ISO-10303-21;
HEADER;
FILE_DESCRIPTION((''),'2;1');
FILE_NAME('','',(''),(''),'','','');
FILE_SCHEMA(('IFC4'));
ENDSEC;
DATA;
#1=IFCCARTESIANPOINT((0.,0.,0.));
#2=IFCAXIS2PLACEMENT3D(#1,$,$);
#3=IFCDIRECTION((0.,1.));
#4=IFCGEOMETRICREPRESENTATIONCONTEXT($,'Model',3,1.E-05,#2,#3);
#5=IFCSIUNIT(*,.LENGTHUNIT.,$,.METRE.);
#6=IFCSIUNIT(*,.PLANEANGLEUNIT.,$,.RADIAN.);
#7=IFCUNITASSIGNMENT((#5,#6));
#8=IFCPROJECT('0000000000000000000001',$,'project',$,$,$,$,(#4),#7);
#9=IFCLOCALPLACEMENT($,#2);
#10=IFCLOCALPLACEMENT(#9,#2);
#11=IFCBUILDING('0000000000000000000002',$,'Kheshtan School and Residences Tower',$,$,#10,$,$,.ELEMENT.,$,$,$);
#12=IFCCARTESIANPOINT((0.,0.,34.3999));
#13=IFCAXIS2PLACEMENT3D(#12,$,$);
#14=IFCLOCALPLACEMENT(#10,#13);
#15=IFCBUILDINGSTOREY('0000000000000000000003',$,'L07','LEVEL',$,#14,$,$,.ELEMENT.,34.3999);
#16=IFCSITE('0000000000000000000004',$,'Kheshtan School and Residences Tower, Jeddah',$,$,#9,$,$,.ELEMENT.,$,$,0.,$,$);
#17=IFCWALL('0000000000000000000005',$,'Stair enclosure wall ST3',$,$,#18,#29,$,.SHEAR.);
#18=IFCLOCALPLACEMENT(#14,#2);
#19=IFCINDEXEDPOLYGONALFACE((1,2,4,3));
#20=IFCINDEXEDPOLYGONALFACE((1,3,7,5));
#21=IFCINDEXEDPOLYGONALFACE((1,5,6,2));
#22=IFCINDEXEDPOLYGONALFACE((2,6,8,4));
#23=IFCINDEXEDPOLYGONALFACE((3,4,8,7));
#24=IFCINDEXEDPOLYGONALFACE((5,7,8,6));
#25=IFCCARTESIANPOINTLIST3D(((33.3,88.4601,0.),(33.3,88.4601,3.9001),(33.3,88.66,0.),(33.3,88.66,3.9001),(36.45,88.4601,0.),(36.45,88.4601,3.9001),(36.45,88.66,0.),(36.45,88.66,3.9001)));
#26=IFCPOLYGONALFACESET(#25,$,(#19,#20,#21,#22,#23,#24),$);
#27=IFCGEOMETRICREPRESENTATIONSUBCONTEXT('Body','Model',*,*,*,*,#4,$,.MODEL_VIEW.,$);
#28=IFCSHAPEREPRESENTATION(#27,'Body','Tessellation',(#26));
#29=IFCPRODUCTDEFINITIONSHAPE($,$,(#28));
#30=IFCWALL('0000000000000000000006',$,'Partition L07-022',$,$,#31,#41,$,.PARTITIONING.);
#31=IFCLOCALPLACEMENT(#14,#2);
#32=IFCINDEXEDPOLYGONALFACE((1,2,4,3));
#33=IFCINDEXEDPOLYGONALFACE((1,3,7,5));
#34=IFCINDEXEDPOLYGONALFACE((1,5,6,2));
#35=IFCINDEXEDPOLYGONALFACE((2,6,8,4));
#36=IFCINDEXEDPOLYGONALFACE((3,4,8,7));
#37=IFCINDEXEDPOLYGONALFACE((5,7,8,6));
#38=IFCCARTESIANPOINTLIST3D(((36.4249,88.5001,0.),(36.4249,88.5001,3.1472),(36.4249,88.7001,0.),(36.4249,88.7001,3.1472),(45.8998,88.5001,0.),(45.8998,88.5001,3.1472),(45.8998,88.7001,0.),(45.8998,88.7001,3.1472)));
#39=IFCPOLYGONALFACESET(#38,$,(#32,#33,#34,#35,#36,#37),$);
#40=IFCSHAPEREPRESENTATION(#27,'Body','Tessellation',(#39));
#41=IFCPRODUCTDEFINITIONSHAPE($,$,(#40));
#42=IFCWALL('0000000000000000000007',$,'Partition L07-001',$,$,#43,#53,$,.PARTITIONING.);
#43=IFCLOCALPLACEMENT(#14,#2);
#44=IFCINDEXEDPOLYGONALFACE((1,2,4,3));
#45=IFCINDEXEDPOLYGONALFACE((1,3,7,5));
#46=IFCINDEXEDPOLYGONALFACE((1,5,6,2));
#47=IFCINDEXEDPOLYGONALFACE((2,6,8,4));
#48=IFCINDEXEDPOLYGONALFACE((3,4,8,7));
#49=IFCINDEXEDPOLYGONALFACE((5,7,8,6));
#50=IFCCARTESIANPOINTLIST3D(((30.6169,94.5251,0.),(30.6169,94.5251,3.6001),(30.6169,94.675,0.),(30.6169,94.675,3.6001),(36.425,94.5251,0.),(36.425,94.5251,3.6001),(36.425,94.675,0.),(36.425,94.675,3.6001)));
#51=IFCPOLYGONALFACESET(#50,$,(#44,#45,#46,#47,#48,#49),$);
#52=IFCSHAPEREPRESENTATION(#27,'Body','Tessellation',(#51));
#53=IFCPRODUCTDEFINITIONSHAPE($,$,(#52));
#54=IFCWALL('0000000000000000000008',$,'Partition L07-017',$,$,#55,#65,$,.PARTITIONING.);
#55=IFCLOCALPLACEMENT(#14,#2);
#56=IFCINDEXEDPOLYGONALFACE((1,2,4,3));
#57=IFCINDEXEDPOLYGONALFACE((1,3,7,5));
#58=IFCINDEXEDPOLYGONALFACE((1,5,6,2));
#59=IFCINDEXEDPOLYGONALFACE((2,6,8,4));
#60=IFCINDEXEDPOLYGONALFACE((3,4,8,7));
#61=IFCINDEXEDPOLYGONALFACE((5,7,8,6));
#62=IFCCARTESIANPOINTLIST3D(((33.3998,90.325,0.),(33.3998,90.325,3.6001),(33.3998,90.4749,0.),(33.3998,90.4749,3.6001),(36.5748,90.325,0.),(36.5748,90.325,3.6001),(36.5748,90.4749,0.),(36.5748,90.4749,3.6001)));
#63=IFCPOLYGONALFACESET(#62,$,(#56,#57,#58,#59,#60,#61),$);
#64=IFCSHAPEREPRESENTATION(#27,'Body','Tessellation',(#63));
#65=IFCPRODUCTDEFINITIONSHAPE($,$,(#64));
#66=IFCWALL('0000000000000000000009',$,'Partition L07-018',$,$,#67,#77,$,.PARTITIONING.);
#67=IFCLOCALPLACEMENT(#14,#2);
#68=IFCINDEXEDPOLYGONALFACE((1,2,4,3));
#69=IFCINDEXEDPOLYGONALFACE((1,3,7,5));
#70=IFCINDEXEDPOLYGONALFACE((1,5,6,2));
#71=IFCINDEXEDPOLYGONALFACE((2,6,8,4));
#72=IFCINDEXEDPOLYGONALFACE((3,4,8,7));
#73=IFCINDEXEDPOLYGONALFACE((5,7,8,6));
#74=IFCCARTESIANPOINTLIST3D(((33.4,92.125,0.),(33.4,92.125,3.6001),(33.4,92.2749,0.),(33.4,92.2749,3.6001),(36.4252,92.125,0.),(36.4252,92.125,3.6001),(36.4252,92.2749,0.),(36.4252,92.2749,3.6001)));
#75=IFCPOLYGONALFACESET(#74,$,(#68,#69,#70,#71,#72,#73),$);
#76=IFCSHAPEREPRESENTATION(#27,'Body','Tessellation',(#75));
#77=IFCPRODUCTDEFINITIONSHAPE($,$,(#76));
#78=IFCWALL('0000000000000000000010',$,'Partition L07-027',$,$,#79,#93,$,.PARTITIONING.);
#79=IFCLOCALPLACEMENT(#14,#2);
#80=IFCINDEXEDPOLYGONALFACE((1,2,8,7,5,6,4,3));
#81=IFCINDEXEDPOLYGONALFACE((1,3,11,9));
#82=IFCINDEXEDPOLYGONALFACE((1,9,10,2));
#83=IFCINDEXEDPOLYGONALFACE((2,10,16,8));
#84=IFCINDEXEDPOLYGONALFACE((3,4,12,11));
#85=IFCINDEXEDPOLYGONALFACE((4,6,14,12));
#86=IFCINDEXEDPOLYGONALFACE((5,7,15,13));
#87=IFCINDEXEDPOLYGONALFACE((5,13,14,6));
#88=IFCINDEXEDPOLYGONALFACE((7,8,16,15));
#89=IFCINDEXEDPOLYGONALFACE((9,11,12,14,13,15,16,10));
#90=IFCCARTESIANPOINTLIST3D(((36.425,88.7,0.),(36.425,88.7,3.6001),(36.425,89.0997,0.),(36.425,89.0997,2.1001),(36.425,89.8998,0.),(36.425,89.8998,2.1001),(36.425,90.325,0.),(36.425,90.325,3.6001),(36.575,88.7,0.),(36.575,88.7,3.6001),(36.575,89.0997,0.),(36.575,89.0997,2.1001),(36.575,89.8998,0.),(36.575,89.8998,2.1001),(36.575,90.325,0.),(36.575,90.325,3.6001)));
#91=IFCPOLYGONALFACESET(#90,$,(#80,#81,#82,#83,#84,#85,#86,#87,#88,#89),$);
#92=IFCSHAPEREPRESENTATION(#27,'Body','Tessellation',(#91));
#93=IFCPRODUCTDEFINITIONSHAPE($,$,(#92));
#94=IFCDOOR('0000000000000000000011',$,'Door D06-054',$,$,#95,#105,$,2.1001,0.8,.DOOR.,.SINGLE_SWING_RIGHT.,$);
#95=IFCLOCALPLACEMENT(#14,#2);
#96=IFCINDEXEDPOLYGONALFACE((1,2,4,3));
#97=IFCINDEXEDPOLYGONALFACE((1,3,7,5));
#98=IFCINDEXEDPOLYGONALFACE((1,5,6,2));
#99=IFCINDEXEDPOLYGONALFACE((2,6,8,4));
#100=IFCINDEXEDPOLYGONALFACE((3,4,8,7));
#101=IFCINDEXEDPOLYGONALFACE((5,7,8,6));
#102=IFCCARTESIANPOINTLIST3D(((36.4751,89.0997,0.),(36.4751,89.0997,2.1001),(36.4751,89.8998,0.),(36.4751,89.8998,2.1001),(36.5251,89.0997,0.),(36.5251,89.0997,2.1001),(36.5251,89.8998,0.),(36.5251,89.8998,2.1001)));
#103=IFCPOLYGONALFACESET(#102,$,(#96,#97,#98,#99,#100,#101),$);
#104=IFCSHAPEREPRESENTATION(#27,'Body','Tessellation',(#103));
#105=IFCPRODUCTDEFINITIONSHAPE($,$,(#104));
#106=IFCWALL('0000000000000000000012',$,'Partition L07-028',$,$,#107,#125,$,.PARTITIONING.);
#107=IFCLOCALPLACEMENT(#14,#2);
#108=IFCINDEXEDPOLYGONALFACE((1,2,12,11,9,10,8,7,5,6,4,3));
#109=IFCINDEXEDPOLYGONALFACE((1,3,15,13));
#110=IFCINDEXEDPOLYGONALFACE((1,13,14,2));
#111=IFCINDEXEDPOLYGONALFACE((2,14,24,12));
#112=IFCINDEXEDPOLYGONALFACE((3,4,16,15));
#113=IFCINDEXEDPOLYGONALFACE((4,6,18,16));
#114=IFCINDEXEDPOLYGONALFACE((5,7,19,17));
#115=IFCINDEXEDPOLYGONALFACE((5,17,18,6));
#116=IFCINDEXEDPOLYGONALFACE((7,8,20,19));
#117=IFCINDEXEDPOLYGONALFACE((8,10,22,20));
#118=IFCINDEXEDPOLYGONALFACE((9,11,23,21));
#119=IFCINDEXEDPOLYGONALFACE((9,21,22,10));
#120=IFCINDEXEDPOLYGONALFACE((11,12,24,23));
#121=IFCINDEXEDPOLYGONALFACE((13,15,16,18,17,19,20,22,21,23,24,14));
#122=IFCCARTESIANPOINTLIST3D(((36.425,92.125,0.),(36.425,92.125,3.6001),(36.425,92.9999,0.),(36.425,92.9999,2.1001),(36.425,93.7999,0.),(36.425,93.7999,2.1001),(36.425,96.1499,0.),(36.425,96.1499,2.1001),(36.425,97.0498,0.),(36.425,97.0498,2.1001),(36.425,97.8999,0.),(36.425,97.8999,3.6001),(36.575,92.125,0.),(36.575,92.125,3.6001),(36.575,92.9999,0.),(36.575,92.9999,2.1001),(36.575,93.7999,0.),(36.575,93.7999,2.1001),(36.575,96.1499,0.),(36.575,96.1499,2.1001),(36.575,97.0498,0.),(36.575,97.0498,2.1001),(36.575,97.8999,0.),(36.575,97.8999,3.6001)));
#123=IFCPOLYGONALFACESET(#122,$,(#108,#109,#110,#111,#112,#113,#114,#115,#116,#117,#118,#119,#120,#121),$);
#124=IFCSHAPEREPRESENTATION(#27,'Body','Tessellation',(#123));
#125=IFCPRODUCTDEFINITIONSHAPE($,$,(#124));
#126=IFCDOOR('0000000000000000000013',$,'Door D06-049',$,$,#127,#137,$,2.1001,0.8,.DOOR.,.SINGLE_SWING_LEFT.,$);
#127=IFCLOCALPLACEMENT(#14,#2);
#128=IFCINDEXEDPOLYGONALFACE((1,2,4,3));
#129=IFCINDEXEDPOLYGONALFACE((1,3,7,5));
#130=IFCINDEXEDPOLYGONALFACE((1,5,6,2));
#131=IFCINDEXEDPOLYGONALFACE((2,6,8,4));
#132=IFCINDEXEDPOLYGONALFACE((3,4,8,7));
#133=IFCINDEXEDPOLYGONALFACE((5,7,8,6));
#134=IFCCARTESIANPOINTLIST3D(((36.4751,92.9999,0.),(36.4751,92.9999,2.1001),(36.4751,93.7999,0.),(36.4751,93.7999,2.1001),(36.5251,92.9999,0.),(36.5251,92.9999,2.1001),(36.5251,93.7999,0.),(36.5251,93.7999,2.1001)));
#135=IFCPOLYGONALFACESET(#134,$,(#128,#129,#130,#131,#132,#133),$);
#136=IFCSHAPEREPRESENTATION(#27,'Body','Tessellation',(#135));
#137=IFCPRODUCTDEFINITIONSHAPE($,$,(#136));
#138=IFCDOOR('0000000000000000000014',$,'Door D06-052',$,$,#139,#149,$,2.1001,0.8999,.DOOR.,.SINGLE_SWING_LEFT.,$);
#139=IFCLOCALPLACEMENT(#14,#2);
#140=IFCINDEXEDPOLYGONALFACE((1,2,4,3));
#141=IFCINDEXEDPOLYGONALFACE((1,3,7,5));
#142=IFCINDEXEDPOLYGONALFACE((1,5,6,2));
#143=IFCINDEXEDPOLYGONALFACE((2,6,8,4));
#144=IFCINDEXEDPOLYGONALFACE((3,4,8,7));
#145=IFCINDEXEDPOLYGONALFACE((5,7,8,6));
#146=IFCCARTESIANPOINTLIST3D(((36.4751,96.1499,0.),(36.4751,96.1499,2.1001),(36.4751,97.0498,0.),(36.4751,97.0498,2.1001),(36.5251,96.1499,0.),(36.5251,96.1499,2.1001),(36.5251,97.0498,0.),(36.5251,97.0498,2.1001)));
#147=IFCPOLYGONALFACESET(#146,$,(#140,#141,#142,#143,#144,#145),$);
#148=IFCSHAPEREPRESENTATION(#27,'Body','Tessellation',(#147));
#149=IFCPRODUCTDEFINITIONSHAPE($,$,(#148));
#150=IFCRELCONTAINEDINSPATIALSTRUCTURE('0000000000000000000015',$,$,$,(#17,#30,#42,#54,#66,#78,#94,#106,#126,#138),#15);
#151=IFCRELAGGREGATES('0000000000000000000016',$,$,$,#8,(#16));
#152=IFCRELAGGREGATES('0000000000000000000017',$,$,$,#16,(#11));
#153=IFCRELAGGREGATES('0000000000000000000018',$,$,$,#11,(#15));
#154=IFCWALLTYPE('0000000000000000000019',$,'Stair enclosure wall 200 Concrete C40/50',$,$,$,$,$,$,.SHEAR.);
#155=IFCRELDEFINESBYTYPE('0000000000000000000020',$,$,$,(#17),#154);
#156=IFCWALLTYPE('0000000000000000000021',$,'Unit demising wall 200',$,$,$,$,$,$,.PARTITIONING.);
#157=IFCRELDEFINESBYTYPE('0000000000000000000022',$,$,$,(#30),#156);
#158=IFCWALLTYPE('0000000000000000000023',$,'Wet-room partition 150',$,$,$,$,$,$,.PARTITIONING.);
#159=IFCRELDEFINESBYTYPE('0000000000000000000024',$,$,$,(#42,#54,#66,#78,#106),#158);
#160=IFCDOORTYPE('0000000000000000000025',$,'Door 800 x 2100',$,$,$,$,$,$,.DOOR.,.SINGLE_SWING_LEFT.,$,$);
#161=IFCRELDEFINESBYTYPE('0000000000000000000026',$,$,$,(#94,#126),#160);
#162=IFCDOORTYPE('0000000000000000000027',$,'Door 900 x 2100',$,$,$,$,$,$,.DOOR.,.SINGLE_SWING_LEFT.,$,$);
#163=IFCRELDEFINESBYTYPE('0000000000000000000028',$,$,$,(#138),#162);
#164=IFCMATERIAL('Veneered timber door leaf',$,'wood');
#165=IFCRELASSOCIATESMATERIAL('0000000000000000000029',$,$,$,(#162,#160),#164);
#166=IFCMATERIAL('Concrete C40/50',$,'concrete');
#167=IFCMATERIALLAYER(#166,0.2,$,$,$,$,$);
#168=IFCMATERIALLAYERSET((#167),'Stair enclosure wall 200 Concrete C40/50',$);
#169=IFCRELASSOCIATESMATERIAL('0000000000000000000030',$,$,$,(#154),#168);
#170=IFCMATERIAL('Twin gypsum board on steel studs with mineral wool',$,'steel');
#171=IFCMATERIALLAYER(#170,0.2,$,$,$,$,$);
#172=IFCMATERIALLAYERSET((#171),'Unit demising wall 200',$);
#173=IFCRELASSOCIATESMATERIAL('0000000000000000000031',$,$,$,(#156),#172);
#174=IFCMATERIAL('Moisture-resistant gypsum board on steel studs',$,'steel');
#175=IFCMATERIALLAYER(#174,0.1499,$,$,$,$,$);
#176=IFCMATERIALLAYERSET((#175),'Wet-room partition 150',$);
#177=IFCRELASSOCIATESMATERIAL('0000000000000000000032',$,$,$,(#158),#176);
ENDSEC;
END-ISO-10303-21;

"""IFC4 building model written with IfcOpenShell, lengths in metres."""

from ifc_helpers import new_model, si_unit, direction, frame, frame_2d, origin, place, context, subcontext, project, spatial, rectangle, extrude, source, transform, mapped, material, layer, layer_set, type_object, element, fill, save


model = new_model("IFC4")

# Units and contexts
model_context = context("Model", 3, precision=1e-05, world=origin(), true_north=direction((0.0, 1.0)))
body_context = subcontext(model_context, "Body", "Model", "MODEL_VIEW")
ifc_project = project(units=[si_unit("LENGTHUNIT", "METRE"), si_unit("PLANEANGLEUNIT", "RADIAN")], contexts=[model_context])

# Site, building, storey
site_placement = place(None, origin())
site = spatial("IfcSite", under=ifc_project, at=site_placement, Name="Kheshtan School and Residences Tower, Jeddah", CompositionType="ELEMENT", RefElevation=0.0)
building_placement = place(site_placement, origin())
building = spatial("IfcBuilding", under=site, at=building_placement, Name="Kheshtan School and Residences Tower", CompositionType="ELEMENT")
storey_placement = place(building_placement, frame((0.0, 0.0, 34.3999)))
storey = spatial("IfcBuildingStorey", under=building, at=storey_placement, Name="L07", Description="LEVEL", CompositionType="ELEMENT", Elevation=34.3999)

# Shared definitions
ifc_material_1 = material(Name="Veneered timber door leaf", Category="wood")
door_type_1 = type_object("IfcDoorType", Name="Door 900 x 2100", OperationType="SINGLE_SWING_LEFT", PredefinedType="DOOR", material=ifc_material_1)
shared_shape_1 = source(origin(), body_context, "Body", "SweptSolid", [
    extrude(rectangle(XDim=0.8999, YDim=2.1001, at=frame_2d((0.45, 1.05))), frame((0.0, 0.0249, 0.0), z_axis=(0.0, -1.0, 0.0), x_axis=(1.0, 0.0, 0.0)), (0.0, 0.0, 1.0), 0.05),
])

# Walls
ifc_material_2 = material(Name="Concrete C40/50", Category="concrete")
ifc_layer_1 = layer(ifc_material_2, 0.2)
ifc_layer_set_1 = layer_set([ifc_layer_1], Name="Stair enclosure wall 200 Concrete C40/50")
wall_type_1 = type_object("IfcWallType", Name="Stair enclosure wall 200 Concrete C40/50", PredefinedType="SHEAR", material=ifc_layer_set_1)
wall_1_placement = place(storey_placement, frame((33.3, 88.5601, 0.0), z_axis=(0.0, 0.0, 1.0), x_axis=(1.0, 0.0, 0.0)))
element("IfcWall", 1, at=wall_1_placement, inside=storey, type_object=wall_type_1, Name="Stair enclosure wall ST3", PredefinedType="SHEAR", context=body_context, shape_type="SweptSolid", body=[
    extrude(rectangle(XDim=3.1499, YDim=0.2, at=frame_2d((1.575, 0.0))), origin(), (0.0, 0.0, 1.0), 3.9001),
])
ifc_material_3 = material(Name="Twin gypsum board on steel studs with mineral wool", Category="steel")
ifc_layer_2 = layer(ifc_material_3, 0.2)
ifc_layer_set_2 = layer_set([ifc_layer_2], Name="Unit demising wall 200")
wall_type_2 = type_object("IfcWallType", Name="Unit demising wall 200", PredefinedType="PARTITIONING", material=ifc_layer_set_2)
wall_2_placement = place(storey_placement, frame((36.425, 88.6001, 0.0), z_axis=(0.0, 0.0, 1.0), x_axis=(1.0, 0.0, 0.0)))
element("IfcWall", 2, at=wall_2_placement, inside=storey, type_object=wall_type_2, Name="Partition L07-022", PredefinedType="PARTITIONING", context=body_context, shape_type="SweptSolid", body=[
    extrude(rectangle(XDim=9.4749, YDim=0.2, at=frame_2d((4.7373, 0.0))), origin(), (0.0, 0.0, 1.0), 3.1472),
])
ifc_material_4 = material(Name="Moisture-resistant gypsum board on steel studs", Category="steel")
ifc_layer_3 = layer(ifc_material_4, 0.1499)
ifc_layer_set_3 = layer_set([ifc_layer_3], Name="Wet-room partition 150")
wall_type_3 = type_object("IfcWallType", Name="Wet-room partition 150", PredefinedType="PARTITIONING", material=ifc_layer_set_3)
wall_3_placement = place(storey_placement, frame((30.6169, 94.6001, 0.0), z_axis=(0.0, 0.0, 1.0), x_axis=(1.0, 0.0, 0.0)))
element("IfcWall", 3, at=wall_3_placement, inside=storey, type_object=wall_type_3, Name="Partition L07-001", PredefinedType="PARTITIONING", context=body_context, shape_type="SweptSolid", body=[
    extrude(rectangle(XDim=5.8081, YDim=0.1499, at=frame_2d((2.9041, 0.0))), origin(), (0.0, 0.0, 1.0), 3.6001),
])
wall_4_placement = place(storey_placement, frame((33.3999, 90.3999, 0.0), z_axis=(0.0, 0.0, 1.0), x_axis=(1.0, 0.0, 0.0)))
element("IfcWall", 4, at=wall_4_placement, inside=storey, type_object=wall_type_3, Name="Partition L07-017", PredefinedType="PARTITIONING", context=body_context, shape_type="SweptSolid", body=[
    extrude(rectangle(XDim=3.175, YDim=0.1499, at=frame_2d((1.5874, 0.0))), origin(), (0.0, 0.0, 1.0), 3.6001),
])
wall_5_placement = place(storey_placement, frame((33.3999, 92.2, 0.0), z_axis=(0.0, 0.0, 1.0), x_axis=(1.0, 0.0, 0.0)))
element("IfcWall", 5, at=wall_5_placement, inside=storey, type_object=wall_type_3, Name="Partition L07-018", PredefinedType="PARTITIONING", context=body_context, shape_type="SweptSolid", body=[
    extrude(rectangle(XDim=3.0251, YDim=0.1499, at=frame_2d((1.5127, 0.0))), origin(), (0.0, 0.0, 1.0), 3.6001),
])

# Wall, opening, door
wall_6_placement = place(storey_placement, frame((36.5, 88.7, 0.0), z_axis=(0.0, 0.0, 1.0), x_axis=(0.0, 1.0, 0.0)))
wall_6 = element("IfcWall", 6, at=wall_6_placement, inside=storey, type_object=wall_type_3, Name="Partition L07-027", PredefinedType="PARTITIONING", context=body_context, shape_type="SweptSolid", body=[
    extrude(rectangle(XDim=1.625, YDim=0.1499, at=frame_2d((0.8125, 0.0))), origin(), (0.0, 0.0, 1.0), 3.6001),
])
opening_1_placement = place(wall_6_placement, frame((0.3999, 0.0, 0.0)))
opening_1 = element("IfcOpeningElement", 7, at=opening_1_placement, cuts=wall_6, PredefinedType="OPENING", context=body_context, shape_type="SweptSolid", body=[
    extrude(rectangle(XDim=0.8, YDim=2.1001, at=frame_2d((0.3999, 1.05))), frame((0.0, 0.085, 0.0), z_axis=(0.0, -1.0, 0.0), x_axis=(1.0, 0.0, 0.0)), (0.0, 0.0, 1.0), 0.1699),
])
door_type_2 = type_object("IfcDoorType", Name="Door 800 x 2100", OperationType="SINGLE_SWING_LEFT", PredefinedType="DOOR", material=ifc_material_1)
shared_shape_2 = source(origin(), body_context, "Body", "SweptSolid", [
    extrude(rectangle(XDim=0.8, YDim=2.1001, at=frame_2d((0.3999, 1.05))), frame((0.0, 0.0249, 0.0), z_axis=(0.0, -1.0, 0.0), x_axis=(1.0, 0.0, 0.0)), (0.0, 0.0, 1.0), 0.05),
])
door_1_placement = place(opening_1_placement, origin())
door_1 = element("IfcDoor", 8, at=door_1_placement, inside=storey, type_object=door_type_2, Name="Door D06-054", OperationType="SINGLE_SWING_RIGHT", OverallHeight=2.1001, OverallWidth=0.8, PredefinedType="DOOR", context=body_context, shape_type="MappedRepresentation", body=[
    mapped(shared_shape_2, transform((0.0, 0.0, 0.0), x_axis=(1.0, 0.0, 0.0), y_axis=(0.0, 1.0, 0.0), z_axis=(0.0, 0.0, 1.0), scale=1.0)),
])
fill(opening_1, door_1)

# Wall, openings, doors
wall_7_placement = place(storey_placement, frame((36.5, 92.125, 0.0), z_axis=(0.0, 0.0, 1.0), x_axis=(0.0, 1.0, 0.0)))
wall_7 = element("IfcWall", 9, at=wall_7_placement, inside=storey, type_object=wall_type_3, Name="Partition L07-028", PredefinedType="PARTITIONING", context=body_context, shape_type="SweptSolid", body=[
    extrude(rectangle(XDim=5.7749, YDim=0.1499, at=frame_2d((2.8875, 0.0))), origin(), (0.0, 0.0, 1.0), 3.6001),
])
opening_2_placement = place(wall_7_placement, frame((0.875, 0.0, 0.0)))
opening_2 = element("IfcOpeningElement", 10, at=opening_2_placement, cuts=wall_7, PredefinedType="OPENING", context=body_context, shape_type="SweptSolid", body=[
    extrude(rectangle(XDim=0.8, YDim=2.1001, at=frame_2d((0.3999, 1.05))), frame((0.0, 0.085, 0.0), z_axis=(0.0, -1.0, 0.0), x_axis=(1.0, 0.0, 0.0)), (0.0, 0.0, 1.0), 0.1699),
])
opening_3_placement = place(wall_7_placement, frame((4.0249, 0.0, 0.0)))
opening_3 = element("IfcOpeningElement", 11, at=opening_3_placement, cuts=wall_7, PredefinedType="OPENING", context=body_context, shape_type="SweptSolid", body=[
    extrude(rectangle(XDim=0.8999, YDim=2.1001, at=frame_2d((0.45, 1.05))), frame((0.0, 0.085, 0.0), z_axis=(0.0, -1.0, 0.0), x_axis=(1.0, 0.0, 0.0)), (0.0, 0.0, 1.0), 0.1699),
])
door_2_placement = place(opening_2_placement, origin())
door_2 = element("IfcDoor", 12, at=door_2_placement, inside=storey, type_object=door_type_2, Name="Door D06-049", OperationType="SINGLE_SWING_LEFT", OverallHeight=2.1001, OverallWidth=0.8, PredefinedType="DOOR", context=body_context, shape_type="MappedRepresentation", body=[
    mapped(shared_shape_2, transform((0.0, 0.0, 0.0), x_axis=(1.0, 0.0, 0.0), y_axis=(0.0, 1.0, 0.0), z_axis=(0.0, 0.0, 1.0), scale=1.0)),
])
fill(opening_2, door_2)
door_3_placement = place(opening_3_placement, origin())
door_3 = element("IfcDoor", 13, at=door_3_placement, inside=storey, type_object=door_type_1, Name="Door D06-052", OperationType="SINGLE_SWING_LEFT", OverallHeight=2.1001, OverallWidth=0.8999, PredefinedType="DOOR", context=body_context, shape_type="MappedRepresentation", body=[
    mapped(shared_shape_1, transform((0.0, 0.0, 0.0), x_axis=(1.0, 0.0, 0.0), y_axis=(0.0, 1.0, 0.0), z_axis=(0.0, 0.0, 1.0), scale=1.0)),
])
fill(opening_3, door_3)

save(model, "model.ifc")
